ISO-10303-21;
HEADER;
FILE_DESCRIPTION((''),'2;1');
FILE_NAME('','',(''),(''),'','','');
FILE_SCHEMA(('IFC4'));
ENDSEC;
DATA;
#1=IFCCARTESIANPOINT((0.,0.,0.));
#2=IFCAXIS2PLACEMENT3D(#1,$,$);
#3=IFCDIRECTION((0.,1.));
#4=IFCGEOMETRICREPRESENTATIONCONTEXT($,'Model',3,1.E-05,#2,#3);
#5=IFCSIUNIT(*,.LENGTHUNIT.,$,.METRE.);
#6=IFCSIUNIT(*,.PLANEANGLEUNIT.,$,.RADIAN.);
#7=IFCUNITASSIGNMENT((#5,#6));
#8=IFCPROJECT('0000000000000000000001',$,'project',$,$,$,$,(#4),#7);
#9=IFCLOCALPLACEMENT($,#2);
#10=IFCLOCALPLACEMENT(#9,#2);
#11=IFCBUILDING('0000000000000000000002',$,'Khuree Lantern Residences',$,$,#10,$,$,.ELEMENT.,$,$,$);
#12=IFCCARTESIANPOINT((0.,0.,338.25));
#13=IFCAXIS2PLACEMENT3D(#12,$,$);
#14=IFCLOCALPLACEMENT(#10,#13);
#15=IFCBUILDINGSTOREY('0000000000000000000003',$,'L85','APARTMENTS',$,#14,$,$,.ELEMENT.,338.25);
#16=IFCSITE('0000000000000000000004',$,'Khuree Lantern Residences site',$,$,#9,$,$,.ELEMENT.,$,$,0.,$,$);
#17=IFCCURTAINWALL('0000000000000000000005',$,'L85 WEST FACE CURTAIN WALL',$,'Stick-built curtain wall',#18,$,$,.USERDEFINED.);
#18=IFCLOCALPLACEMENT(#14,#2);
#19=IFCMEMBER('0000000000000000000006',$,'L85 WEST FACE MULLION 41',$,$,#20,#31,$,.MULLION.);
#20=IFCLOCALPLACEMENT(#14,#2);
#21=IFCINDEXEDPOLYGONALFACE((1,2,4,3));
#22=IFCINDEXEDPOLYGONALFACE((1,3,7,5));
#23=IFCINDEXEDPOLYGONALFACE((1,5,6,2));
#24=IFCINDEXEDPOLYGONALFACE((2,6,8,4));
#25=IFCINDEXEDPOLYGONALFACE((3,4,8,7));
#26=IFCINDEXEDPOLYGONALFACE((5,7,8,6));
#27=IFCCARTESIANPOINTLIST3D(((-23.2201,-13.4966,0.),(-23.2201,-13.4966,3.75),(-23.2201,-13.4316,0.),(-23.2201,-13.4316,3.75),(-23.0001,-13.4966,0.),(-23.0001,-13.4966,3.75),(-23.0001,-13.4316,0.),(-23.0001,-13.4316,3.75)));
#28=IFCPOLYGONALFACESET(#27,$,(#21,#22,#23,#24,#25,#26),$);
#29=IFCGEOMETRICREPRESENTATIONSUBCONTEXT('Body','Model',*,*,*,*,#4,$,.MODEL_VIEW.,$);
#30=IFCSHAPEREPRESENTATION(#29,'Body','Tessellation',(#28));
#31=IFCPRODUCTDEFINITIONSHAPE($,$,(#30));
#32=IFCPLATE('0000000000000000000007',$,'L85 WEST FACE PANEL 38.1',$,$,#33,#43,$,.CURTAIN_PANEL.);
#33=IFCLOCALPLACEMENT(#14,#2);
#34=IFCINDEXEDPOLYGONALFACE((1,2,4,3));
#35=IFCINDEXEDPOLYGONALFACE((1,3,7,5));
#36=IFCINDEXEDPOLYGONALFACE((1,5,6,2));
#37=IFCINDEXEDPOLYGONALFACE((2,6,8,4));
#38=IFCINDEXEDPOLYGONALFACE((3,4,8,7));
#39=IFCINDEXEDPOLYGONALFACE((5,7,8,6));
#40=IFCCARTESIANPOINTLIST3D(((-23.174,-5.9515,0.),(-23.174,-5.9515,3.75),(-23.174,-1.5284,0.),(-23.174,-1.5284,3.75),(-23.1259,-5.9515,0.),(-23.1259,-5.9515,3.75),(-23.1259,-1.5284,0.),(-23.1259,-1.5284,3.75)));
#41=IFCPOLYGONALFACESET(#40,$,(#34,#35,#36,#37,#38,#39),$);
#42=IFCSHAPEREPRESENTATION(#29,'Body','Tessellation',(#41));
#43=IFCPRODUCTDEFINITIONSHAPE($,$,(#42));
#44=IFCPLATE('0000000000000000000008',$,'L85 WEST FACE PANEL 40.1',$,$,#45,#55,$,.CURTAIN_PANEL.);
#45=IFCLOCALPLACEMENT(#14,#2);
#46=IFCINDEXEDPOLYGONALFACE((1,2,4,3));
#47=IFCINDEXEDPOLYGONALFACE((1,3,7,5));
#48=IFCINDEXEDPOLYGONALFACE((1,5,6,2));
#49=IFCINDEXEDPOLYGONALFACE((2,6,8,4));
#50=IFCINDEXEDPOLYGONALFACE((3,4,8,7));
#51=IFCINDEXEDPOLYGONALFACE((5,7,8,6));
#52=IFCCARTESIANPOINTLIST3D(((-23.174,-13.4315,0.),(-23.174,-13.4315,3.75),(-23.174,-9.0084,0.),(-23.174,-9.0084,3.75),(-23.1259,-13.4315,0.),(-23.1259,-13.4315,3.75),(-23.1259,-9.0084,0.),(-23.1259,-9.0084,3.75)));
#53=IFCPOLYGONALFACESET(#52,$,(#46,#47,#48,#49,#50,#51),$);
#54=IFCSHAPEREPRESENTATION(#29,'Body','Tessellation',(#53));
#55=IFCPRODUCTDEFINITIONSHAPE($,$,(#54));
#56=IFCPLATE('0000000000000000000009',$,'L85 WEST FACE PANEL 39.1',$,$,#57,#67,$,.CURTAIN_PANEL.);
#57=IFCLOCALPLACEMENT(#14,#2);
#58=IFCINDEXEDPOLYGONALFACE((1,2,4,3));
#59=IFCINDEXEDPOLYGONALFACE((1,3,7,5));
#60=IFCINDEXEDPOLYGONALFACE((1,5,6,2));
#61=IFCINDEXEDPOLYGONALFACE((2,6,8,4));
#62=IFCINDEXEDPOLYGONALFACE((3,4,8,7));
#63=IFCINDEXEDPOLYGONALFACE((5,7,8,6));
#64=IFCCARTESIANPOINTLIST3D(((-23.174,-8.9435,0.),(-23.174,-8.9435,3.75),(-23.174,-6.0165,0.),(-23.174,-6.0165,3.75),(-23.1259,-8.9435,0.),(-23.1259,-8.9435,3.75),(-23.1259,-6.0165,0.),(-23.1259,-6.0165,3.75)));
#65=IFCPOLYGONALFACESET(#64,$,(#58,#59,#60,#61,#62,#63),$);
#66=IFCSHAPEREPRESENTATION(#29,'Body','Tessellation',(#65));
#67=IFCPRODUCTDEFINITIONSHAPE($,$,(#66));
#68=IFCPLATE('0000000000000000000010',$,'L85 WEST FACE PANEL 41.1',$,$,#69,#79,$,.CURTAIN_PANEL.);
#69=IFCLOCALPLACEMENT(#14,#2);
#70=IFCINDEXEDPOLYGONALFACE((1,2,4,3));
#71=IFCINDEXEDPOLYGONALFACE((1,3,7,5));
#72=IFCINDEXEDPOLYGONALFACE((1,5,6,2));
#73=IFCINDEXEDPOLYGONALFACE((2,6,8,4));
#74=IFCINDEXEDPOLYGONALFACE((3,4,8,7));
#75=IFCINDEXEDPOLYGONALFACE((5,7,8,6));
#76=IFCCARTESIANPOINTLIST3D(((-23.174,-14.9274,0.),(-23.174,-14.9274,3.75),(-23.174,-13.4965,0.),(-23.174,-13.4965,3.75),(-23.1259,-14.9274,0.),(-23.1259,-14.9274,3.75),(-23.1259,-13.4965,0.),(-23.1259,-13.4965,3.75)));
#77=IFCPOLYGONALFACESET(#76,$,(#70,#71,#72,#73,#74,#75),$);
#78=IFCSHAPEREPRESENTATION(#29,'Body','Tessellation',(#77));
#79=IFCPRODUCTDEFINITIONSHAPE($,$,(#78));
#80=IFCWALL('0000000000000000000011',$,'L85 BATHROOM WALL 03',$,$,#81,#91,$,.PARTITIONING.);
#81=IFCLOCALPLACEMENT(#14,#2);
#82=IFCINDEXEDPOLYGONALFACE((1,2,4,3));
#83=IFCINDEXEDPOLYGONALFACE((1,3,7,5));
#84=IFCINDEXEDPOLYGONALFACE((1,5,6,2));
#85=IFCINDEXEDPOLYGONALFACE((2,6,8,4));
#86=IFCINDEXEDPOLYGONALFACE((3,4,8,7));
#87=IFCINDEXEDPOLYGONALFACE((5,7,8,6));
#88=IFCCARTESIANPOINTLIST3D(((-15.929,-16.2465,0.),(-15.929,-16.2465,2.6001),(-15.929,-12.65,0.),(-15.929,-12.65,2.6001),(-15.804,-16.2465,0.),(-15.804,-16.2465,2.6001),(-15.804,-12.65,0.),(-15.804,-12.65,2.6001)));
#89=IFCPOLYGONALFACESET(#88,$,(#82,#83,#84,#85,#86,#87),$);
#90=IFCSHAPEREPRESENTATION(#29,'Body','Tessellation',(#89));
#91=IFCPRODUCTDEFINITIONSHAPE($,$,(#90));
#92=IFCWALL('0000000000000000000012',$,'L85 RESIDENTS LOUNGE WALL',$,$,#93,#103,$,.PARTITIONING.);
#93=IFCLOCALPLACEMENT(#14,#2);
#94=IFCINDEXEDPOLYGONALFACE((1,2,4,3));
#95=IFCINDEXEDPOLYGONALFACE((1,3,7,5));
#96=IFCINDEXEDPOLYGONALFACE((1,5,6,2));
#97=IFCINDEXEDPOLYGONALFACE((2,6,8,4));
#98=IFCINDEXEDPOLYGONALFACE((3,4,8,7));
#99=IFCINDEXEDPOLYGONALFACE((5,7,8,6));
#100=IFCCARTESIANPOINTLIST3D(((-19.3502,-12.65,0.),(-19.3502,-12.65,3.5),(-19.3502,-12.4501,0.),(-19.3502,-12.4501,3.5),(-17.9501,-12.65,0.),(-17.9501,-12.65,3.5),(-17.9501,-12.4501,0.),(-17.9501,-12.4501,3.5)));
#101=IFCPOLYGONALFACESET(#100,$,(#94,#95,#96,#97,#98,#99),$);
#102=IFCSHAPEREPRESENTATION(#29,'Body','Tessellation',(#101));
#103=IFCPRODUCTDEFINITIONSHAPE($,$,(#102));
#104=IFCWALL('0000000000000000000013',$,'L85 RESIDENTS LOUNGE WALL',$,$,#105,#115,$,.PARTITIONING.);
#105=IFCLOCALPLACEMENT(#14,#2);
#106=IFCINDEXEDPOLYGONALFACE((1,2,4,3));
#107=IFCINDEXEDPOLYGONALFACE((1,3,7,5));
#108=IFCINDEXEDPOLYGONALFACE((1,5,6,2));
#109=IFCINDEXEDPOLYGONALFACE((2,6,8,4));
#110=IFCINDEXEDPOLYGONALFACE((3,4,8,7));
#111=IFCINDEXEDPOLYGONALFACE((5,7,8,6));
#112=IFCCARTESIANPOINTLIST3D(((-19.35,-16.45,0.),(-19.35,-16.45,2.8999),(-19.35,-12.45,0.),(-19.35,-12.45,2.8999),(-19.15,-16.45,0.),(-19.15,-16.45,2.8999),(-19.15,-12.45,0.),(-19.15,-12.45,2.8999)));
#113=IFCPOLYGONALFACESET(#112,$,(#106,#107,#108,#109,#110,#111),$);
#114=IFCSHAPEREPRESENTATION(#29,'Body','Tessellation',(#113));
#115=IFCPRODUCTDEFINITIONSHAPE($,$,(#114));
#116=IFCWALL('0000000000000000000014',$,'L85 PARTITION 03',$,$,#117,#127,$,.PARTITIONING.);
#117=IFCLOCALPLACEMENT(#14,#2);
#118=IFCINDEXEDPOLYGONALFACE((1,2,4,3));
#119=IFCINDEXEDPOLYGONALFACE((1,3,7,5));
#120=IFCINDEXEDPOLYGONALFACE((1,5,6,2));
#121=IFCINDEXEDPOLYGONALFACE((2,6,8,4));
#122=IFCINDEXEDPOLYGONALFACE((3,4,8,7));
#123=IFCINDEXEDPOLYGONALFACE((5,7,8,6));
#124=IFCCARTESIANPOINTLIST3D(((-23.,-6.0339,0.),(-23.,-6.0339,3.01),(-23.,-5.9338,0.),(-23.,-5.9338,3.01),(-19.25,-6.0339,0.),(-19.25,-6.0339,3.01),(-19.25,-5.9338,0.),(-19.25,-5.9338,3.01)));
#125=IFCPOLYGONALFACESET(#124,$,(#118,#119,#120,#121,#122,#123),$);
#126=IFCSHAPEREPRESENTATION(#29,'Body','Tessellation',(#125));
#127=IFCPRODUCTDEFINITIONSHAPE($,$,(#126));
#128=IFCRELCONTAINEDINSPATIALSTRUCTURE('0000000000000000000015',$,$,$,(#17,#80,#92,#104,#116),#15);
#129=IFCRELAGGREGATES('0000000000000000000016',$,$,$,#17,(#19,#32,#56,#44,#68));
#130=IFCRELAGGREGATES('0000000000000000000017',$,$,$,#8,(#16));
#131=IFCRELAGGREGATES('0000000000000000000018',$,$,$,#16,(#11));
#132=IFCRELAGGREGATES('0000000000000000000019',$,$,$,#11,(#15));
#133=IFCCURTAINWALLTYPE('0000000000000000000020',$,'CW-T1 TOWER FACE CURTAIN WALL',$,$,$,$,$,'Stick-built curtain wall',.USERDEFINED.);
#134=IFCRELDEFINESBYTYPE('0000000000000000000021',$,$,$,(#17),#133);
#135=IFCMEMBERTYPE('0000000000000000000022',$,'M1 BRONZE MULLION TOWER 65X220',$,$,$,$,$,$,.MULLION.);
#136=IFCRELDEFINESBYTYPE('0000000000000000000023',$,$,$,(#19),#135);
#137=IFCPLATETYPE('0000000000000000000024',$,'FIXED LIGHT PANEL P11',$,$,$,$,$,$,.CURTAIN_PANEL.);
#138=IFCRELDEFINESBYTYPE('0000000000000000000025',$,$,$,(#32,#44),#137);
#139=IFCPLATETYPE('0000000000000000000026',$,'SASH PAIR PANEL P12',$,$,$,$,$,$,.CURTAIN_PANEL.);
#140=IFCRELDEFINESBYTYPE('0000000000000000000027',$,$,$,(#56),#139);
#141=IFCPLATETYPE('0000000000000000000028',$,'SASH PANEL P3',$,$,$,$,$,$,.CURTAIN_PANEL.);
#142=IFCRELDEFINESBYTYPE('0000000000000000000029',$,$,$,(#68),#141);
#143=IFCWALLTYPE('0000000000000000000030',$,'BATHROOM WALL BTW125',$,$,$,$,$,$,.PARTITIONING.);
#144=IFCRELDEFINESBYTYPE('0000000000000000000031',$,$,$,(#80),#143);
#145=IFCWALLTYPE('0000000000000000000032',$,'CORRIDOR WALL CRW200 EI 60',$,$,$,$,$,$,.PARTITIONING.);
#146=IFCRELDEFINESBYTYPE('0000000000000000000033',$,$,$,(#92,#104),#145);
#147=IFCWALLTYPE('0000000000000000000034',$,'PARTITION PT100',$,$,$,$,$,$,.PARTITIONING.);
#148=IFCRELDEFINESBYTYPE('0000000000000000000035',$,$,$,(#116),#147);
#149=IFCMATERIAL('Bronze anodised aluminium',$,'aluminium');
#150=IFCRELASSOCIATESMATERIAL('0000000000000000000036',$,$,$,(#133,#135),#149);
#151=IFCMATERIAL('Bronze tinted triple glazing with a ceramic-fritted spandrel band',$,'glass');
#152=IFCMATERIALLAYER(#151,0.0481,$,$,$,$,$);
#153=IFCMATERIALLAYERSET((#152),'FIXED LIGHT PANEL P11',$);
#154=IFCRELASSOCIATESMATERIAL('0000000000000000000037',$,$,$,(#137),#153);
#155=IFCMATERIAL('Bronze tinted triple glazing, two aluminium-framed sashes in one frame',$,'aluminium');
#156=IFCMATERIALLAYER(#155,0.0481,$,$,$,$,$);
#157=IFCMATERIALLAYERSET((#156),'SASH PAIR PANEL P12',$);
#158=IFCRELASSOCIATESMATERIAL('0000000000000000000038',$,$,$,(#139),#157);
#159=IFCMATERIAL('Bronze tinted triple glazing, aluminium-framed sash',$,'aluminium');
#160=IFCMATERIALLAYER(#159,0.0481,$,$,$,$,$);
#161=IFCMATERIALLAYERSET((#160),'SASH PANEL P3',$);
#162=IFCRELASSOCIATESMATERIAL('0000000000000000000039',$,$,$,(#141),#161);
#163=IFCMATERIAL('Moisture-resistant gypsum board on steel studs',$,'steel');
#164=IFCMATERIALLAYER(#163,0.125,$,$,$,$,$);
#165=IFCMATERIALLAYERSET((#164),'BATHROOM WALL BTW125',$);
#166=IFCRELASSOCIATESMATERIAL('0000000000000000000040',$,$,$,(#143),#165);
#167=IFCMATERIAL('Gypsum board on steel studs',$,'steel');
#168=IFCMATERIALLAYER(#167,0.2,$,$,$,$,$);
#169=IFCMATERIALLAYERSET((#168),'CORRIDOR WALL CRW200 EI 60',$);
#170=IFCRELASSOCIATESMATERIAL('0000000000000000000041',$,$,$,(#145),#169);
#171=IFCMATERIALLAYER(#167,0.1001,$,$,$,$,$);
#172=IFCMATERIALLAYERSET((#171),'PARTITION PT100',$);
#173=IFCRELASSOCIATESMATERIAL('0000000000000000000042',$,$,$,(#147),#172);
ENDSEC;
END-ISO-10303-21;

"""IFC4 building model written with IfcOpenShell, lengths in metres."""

from ifc_helpers import new_model, si_unit, direction, frame, frame_2d, origin, origin_2d, place, context, subcontext, project, spatial, rectangle, extrude, material, layer, layer_set, material_profile, profile_set, type_object, element, aggregate, save


model = new_model("IFC4")

# Units and contexts
model_context = context("Model", 3, precision=1e-05, world=origin(), true_north=direction((0.0, 1.0)))
body_context = subcontext(model_context, "Body", "Model", "MODEL_VIEW")
ifc_project = project(units=[si_unit("LENGTHUNIT", "METRE"), si_unit("PLANEANGLEUNIT", "RADIAN")], contexts=[model_context])

# Site, building, storey
site_placement = place(None, origin())
site = spatial("IfcSite", under=ifc_project, at=site_placement, Name="Khuree Lantern Residences site", CompositionType="ELEMENT", RefElevation=0.0)
building_placement = place(site_placement, origin())
building = spatial("IfcBuilding", under=site, at=building_placement, Name="Khuree Lantern Residences", CompositionType="ELEMENT")
storey_placement = place(building_placement, frame((0.0, 0.0, 338.25)))
storey = spatial("IfcBuildingStorey", under=building, at=storey_placement, Name="L85", Description="APARTMENTS", CompositionType="ELEMENT", Elevation=338.25)

# Curtain wall
ifc_material_1 = material(Name="Bronze anodised aluminium", Category="aluminium")
curtain_wall_type = type_object("IfcCurtainWallType", Name="CW-T1 TOWER FACE CURTAIN WALL", ElementType="Stick-built curtain wall", PredefinedType="USERDEFINED", material=ifc_material_1)
curtain_wall_placement = place(storey_placement, origin())
curtain_wall = element("IfcCurtainWall", 1, at=curtain_wall_placement, inside=storey, type_object=curtain_wall_type, Name="L85 WEST FACE CURTAIN WALL", ObjectType="Stick-built curtain wall", PredefinedType="USERDEFINED")

# Member
ifc_material_profile_1 = material_profile(ifc_material_1, rectangle(XDim=0.0649, YDim=0.22, at=origin_2d()), Name="M1 65X220")
ifc_profile_set_1 = profile_set([ifc_material_profile_1], Name="Bronze anodised aluminium")
member_type_1 = type_object("IfcMemberType", Name="M1 BRONZE MULLION TOWER 65X220", PredefinedType="MULLION", material=ifc_profile_set_1)
member_1_placement = place(storey_placement, frame((-23.1101, -13.4641, 0.0), z_axis=(0.0, 0.0, 1.0), x_axis=(0.0, -1.0, 0.0)))
member_1 = element("IfcMember", 2, at=member_1_placement, type_object=member_type_1, Name="L85 WEST FACE MULLION 41", PredefinedType="MULLION", context=body_context, shape_type="SweptSolid", body=[
    extrude(rectangle(XDim=0.0649, YDim=0.22, at=origin_2d()), origin(), (0.0, 0.0, 1.0), 3.75),
])

# Plates
ifc_material_2 = material(Name="Bronze tinted triple glazing with a ceramic-fritted spandrel band", Category="glass")
ifc_layer_1 = layer(ifc_material_2, 0.0481)
ifc_layer_set_1 = layer_set([ifc_layer_1], Name="FIXED LIGHT PANEL P11")
plate_type_1 = type_object("IfcPlateType", Name="FIXED LIGHT PANEL P11", PredefinedType="CURTAIN_PANEL", material=ifc_layer_set_1)
plate_1_placement = place(storey_placement, frame((-23.1499, -3.74, 0.0), z_axis=(0.0, 0.0, 1.0), x_axis=(0.0, -1.0, 0.0)))
plate_1 = element("IfcPlate", 3, at=plate_1_placement, type_object=plate_type_1, Name="L85 WEST FACE PANEL 38.1", PredefinedType="CURTAIN_PANEL", context=body_context, shape_type="SweptSolid", body=[
    extrude(rectangle(XDim=4.4231, YDim=0.0481, at=origin_2d()), origin(), (0.0, 0.0, 1.0), 3.75),
])
plate_2_placement = place(storey_placement, frame((-23.1499, -11.22, 0.0), z_axis=(0.0, 0.0, 1.0), x_axis=(0.0, -1.0, 0.0)))
plate_2 = element("IfcPlate", 4, at=plate_2_placement, type_object=plate_type_1, Name="L85 WEST FACE PANEL 40.1", PredefinedType="CURTAIN_PANEL", context=body_context, shape_type="SweptSolid", body=[
    extrude(rectangle(XDim=4.4231, YDim=0.0481, at=origin_2d()), origin(), (0.0, 0.0, 1.0), 3.75),
])
ifc_material_3 = material(Name="Bronze tinted triple glazing, two aluminium-framed sashes in one frame", Category="aluminium")
ifc_layer_2 = layer(ifc_material_3, 0.0481)
ifc_layer_set_2 = layer_set([ifc_layer_2], Name="SASH PAIR PANEL P12")
plate_type_2 = type_object("IfcPlateType", Name="SASH PAIR PANEL P12", PredefinedType="CURTAIN_PANEL", material=ifc_layer_set_2)
plate_3_placement = place(storey_placement, frame((-23.1499, -7.48, 0.0), z_axis=(0.0, 0.0, 1.0), x_axis=(0.0, -1.0, 0.0)))
plate_3 = element("IfcPlate", 5, at=plate_3_placement, type_object=plate_type_2, Name="L85 WEST FACE PANEL 39.1", PredefinedType="CURTAIN_PANEL", context=body_context, shape_type="SweptSolid", body=[
    extrude(rectangle(XDim=2.927, YDim=0.0481, at=origin_2d()), origin(), (0.0, 0.0, 1.0), 3.75),
])
ifc_material_4 = material(Name="Bronze tinted triple glazing, aluminium-framed sash", Category="aluminium")
ifc_layer_3 = layer(ifc_material_4, 0.0481)
ifc_layer_set_3 = layer_set([ifc_layer_3], Name="SASH PANEL P3")
plate_type_3 = type_object("IfcPlateType", Name="SASH PANEL P3", PredefinedType="CURTAIN_PANEL", material=ifc_layer_set_3)
plate_4_placement = place(storey_placement, frame((-23.1499, -14.2119, 0.0), z_axis=(0.0, 0.0, 1.0), x_axis=(0.0, -1.0, 0.0)))
plate_4 = element("IfcPlate", 6, at=plate_4_placement, type_object=plate_type_3, Name="L85 WEST FACE PANEL 41.1", PredefinedType="CURTAIN_PANEL", context=body_context, shape_type="SweptSolid", body=[
    extrude(rectangle(XDim=1.4309, YDim=0.0481, at=origin_2d()), origin(), (0.0, 0.0, 1.0), 3.75),
])
aggregate(curtain_wall, [member_1, plate_1, plate_3, plate_2, plate_4])

# Walls
ifc_material_5 = material(Name="Moisture-resistant gypsum board on steel studs", Category="steel")
ifc_layer_4 = layer(ifc_material_5, 0.125)
ifc_layer_set_4 = layer_set([ifc_layer_4], Name="BATHROOM WALL BTW125")
wall_type_1 = type_object("IfcWallType", Name="BATHROOM WALL BTW125", PredefinedType="PARTITIONING", material=ifc_layer_set_4)
wall_1_placement = place(storey_placement, frame((-15.8665, -12.6499, 0.0), z_axis=(0.0, 0.0, 1.0), x_axis=(0.0, -1.0, 0.0)))
element("IfcWall", 7, at=wall_1_placement, inside=storey, type_object=wall_type_1, Name="L85 BATHROOM WALL 03", PredefinedType="PARTITIONING", context=body_context, shape_type="SweptSolid", body=[
    extrude(rectangle(XDim=3.5964, YDim=0.125, at=frame_2d((1.7983, 0.0))), origin(), (0.0, 0.0, 1.0), 2.6001),
])
ifc_material_6 = material(Name="Gypsum board on steel studs", Category="steel")
ifc_layer_5 = layer(ifc_material_6, 0.2)
ifc_layer_set_5 = layer_set([ifc_layer_5], Name="CORRIDOR WALL CRW200 EI 60")
wall_type_2 = type_object("IfcWallType", Name="CORRIDOR WALL CRW200 EI 60", PredefinedType="PARTITIONING", material=ifc_layer_set_5)
wall_2_placement = place(storey_placement, frame((-17.95, -12.55, 0.0), z_axis=(0.0, 0.0, 1.0), x_axis=(-1.0, 0.0, 0.0)))
element("IfcWall", 8, at=wall_2_placement, inside=storey, type_object=wall_type_2, Name="L85 RESIDENTS LOUNGE WALL", PredefinedType="PARTITIONING", context=body_context, shape_type="SweptSolid", body=[
    extrude(rectangle(XDim=1.4001, YDim=0.2, at=frame_2d((0.7002, 0.0))), origin(), (0.0, 0.0, 1.0), 3.5),
])
wall_3_placement = place(storey_placement, frame((-19.25, -12.45, 0.0), z_axis=(0.0, 0.0, 1.0), x_axis=(0.0, -1.0, 0.0)))
element("IfcWall", 9, at=wall_3_placement, inside=storey, type_object=wall_type_2, Name="L85 RESIDENTS LOUNGE WALL", PredefinedType="PARTITIONING", context=body_context, shape_type="SweptSolid", body=[
    extrude(rectangle(XDim=4.0, YDim=0.2, at=frame_2d((2.0, 0.0))), origin(), (0.0, 0.0, 1.0), 2.8999),
])
ifc_layer_6 = layer(ifc_material_6, 0.1001)
ifc_layer_set_6 = layer_set([ifc_layer_6], Name="PARTITION PT100")
wall_type_3 = type_object("IfcWallType", Name="PARTITION PT100", PredefinedType="PARTITIONING", material=ifc_layer_set_6)
wall_4_placement = place(storey_placement, frame((-19.25, -5.9839, 0.0), z_axis=(0.0, 0.0, 1.0), x_axis=(-1.0, 0.0, 0.0)))
element("IfcWall", 10, at=wall_4_placement, inside=storey, type_object=wall_type_3, Name="L85 PARTITION 03", PredefinedType="PARTITIONING", context=body_context, shape_type="SweptSolid", body=[
    extrude(rectangle(XDim=3.75, YDim=0.1001, at=frame_2d((1.875, 0.0))), origin(), (0.0, 0.0, 1.0), 3.01),
])

save(model, "model.ifc")
